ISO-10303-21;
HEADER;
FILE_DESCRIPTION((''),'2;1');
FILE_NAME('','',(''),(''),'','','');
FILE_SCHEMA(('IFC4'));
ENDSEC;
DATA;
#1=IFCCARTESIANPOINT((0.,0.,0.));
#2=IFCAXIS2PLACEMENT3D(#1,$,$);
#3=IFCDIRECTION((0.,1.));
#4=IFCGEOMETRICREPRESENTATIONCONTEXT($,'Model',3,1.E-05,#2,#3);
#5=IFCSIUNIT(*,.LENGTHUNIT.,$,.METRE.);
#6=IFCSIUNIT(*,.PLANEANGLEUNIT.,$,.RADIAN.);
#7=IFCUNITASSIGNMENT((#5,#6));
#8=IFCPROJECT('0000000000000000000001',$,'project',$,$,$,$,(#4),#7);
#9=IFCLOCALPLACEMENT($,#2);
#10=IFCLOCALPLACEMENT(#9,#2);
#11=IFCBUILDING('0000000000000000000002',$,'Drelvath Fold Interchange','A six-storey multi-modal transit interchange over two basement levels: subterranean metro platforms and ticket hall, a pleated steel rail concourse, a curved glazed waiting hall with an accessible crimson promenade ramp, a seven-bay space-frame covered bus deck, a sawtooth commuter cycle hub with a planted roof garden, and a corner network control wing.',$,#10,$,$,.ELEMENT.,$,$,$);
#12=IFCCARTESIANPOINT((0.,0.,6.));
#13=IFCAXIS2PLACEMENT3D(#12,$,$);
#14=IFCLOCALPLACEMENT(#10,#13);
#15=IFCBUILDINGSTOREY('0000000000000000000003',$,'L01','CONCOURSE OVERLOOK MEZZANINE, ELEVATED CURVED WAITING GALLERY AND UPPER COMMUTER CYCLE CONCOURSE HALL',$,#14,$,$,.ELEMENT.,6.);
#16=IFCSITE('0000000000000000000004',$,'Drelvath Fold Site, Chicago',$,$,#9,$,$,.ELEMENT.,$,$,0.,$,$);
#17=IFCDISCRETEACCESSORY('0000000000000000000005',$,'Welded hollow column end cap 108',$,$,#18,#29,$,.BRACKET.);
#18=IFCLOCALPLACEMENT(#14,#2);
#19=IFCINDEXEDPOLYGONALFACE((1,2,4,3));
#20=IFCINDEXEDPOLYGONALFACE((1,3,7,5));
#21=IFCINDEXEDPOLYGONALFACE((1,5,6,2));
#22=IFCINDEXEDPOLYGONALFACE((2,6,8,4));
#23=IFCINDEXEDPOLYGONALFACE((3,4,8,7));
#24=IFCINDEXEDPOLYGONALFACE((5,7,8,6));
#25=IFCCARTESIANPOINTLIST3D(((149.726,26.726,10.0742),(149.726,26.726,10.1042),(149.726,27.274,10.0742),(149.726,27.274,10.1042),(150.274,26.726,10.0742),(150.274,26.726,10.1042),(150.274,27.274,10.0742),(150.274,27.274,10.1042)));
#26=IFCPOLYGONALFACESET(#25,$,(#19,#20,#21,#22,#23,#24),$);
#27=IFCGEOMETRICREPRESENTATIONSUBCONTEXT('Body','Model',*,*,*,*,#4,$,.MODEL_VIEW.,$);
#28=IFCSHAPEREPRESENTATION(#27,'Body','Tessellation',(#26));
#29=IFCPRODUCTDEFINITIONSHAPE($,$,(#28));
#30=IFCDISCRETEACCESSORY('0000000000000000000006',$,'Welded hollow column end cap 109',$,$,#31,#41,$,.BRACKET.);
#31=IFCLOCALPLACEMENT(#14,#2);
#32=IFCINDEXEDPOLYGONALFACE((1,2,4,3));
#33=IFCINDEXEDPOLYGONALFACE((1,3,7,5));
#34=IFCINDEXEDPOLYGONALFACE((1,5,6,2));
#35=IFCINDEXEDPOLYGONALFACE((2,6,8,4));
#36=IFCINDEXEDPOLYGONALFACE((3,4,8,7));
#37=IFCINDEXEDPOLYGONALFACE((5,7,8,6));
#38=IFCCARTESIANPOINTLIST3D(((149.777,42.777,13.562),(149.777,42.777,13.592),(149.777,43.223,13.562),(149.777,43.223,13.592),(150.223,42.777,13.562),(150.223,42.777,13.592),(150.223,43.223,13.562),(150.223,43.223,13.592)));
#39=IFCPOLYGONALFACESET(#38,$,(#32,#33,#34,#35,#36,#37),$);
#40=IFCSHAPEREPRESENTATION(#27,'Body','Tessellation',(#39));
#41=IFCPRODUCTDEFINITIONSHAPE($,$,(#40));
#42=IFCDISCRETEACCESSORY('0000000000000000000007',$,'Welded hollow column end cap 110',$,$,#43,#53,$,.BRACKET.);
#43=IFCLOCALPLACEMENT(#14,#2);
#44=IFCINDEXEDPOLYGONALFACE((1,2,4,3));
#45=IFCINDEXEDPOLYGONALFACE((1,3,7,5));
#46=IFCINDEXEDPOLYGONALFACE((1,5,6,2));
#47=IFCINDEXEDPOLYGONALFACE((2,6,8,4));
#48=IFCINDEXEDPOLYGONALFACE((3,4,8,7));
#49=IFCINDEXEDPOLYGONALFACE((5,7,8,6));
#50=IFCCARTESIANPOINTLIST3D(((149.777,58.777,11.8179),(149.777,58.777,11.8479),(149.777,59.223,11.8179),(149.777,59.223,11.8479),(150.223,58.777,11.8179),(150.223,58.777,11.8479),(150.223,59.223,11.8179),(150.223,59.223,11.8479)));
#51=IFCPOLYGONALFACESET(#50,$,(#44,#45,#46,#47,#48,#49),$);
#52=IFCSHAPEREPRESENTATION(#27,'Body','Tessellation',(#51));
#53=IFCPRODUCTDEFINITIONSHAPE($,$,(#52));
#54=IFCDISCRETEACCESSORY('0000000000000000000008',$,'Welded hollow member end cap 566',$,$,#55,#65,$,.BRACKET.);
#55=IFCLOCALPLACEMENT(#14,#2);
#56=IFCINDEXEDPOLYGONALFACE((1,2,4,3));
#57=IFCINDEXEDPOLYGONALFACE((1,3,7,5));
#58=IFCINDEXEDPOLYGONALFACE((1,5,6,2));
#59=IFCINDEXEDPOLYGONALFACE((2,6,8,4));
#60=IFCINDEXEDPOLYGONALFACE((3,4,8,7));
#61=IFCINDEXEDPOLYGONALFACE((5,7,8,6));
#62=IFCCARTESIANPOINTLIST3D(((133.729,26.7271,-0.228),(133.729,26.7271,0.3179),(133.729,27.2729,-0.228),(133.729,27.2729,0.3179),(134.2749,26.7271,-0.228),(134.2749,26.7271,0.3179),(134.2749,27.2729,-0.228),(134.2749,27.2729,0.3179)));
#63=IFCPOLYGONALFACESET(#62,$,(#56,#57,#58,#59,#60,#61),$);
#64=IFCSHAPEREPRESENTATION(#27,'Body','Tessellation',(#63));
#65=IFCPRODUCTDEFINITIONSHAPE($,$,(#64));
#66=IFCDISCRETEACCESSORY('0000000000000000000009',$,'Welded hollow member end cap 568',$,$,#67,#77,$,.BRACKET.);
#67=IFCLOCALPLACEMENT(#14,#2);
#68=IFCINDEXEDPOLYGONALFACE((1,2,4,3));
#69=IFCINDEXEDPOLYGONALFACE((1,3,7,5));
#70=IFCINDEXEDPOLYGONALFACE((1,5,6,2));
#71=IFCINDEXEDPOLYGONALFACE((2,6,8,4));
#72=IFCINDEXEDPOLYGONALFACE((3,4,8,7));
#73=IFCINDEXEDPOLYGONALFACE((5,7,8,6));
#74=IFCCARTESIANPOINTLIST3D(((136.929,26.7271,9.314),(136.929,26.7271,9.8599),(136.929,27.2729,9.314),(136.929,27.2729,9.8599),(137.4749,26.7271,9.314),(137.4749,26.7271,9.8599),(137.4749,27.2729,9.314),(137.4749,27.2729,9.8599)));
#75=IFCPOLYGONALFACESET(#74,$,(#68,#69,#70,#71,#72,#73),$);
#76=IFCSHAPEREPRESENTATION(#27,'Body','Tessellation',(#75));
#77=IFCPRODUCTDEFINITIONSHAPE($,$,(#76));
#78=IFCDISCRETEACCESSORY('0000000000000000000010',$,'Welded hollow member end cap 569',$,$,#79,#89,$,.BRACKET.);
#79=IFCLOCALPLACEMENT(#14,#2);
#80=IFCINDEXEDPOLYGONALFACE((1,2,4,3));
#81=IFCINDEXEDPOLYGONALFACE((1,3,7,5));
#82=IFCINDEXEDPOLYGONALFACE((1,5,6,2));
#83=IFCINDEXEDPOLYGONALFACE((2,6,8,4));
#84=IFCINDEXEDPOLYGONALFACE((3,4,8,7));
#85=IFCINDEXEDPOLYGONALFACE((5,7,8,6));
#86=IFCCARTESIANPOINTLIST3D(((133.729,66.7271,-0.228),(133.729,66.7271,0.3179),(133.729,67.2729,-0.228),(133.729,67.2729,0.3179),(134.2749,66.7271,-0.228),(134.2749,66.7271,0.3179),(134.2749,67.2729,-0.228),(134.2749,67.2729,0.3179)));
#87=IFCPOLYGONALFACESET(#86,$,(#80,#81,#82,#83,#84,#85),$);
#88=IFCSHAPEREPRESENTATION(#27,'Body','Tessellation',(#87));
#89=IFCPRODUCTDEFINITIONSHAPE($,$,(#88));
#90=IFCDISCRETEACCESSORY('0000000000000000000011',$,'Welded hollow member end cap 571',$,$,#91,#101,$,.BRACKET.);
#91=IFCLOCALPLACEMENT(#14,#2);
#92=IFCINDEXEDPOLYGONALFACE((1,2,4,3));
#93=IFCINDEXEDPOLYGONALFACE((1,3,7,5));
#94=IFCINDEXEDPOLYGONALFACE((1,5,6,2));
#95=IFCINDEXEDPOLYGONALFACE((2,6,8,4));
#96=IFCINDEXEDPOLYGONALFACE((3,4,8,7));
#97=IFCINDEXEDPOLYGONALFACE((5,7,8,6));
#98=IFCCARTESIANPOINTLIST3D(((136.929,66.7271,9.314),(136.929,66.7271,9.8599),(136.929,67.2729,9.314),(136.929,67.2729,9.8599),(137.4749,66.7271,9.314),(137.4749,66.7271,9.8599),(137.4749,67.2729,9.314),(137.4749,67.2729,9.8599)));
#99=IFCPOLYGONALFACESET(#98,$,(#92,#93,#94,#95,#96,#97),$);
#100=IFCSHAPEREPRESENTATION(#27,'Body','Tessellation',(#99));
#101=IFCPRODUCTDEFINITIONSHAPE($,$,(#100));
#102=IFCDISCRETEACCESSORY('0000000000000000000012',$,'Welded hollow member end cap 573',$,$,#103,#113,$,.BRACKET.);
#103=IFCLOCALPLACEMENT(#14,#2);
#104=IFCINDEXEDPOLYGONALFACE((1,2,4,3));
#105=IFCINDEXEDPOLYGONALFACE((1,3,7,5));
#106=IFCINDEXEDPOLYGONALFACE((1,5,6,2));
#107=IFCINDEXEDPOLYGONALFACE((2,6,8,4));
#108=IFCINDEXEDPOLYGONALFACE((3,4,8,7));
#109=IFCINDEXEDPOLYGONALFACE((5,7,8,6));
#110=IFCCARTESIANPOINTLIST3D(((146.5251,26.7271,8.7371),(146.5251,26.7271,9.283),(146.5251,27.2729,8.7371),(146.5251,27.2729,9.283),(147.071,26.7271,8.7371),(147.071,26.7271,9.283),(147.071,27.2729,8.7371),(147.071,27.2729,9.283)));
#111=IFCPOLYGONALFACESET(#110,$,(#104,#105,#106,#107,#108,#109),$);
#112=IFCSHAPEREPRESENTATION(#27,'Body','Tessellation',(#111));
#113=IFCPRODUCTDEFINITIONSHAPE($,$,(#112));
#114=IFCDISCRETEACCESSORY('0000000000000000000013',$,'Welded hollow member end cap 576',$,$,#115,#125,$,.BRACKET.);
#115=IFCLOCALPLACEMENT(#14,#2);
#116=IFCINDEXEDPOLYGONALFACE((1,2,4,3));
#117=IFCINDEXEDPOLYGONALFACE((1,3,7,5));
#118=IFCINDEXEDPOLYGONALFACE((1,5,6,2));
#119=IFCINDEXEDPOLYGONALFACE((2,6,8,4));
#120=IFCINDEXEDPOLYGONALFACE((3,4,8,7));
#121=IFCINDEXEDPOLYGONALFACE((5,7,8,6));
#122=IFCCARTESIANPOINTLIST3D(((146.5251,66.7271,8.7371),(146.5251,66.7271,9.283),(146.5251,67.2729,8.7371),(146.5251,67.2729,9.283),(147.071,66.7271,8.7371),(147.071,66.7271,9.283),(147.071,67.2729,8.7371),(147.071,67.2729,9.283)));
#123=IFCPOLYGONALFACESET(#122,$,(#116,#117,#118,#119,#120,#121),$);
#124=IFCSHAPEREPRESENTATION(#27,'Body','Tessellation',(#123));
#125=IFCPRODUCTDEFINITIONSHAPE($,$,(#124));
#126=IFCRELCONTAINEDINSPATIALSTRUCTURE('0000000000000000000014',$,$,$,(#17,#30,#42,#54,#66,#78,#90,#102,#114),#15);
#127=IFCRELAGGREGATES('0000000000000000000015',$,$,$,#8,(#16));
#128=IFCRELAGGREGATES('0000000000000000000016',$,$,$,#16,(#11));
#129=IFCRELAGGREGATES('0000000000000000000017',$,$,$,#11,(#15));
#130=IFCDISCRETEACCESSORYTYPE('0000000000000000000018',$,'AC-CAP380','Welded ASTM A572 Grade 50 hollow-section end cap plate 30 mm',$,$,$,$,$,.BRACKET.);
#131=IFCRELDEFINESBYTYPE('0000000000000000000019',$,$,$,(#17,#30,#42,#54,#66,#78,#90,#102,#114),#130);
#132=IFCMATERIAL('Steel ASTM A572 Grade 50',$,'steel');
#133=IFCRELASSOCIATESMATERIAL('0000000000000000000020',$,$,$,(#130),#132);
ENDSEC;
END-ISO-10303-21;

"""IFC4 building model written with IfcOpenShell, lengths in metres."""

from ifc_helpers import new_model, si_unit, direction, frame, origin, origin_2d, place, context, subcontext, project, spatial, rectangle, extrude, material, type_object, element, save


model = new_model("IFC4")

# Units and contexts
model_context = context("Model", 3, precision=1e-05, world=origin(), true_north=direction((0.0, 1.0)))
body_context = subcontext(model_context, "Body", "Model", "MODEL_VIEW")
ifc_project = project(units=[si_unit("LENGTHUNIT", "METRE"), si_unit("PLANEANGLEUNIT", "RADIAN")], contexts=[model_context])

# Site, building, storey
site_placement = place(None, origin())
site = spatial("IfcSite", under=ifc_project, at=site_placement, Name="Drelvath Fold Site, Chicago", CompositionType="ELEMENT", RefElevation=0.0)
building_placement = place(site_placement, origin())
building = spatial("IfcBuilding", under=site, at=building_placement, Name="Drelvath Fold Interchange", Description="A six-storey multi-modal transit interchange over two basement levels: subterranean metro platforms and ticket hall, a pleated steel rail concourse, a curved glazed waiting hall with an accessible crimson promenade ramp, a seven-bay space-frame covered bus deck, a sawtooth commuter cycle hub with a planted roof garden, and a corner network control wing.", CompositionType="ELEMENT")
storey_placement = place(building_placement, frame((0.0, 0.0, 6.0)))
storey = spatial("IfcBuildingStorey", under=building, at=storey_placement, Name="L01", Description="CONCOURSE OVERLOOK MEZZANINE, ELEVATED CURVED WAITING GALLERY AND UPPER COMMUTER CYCLE CONCOURSE HALL", CompositionType="ELEMENT", Elevation=6.0)

# Shared definitions
ifc_material_1 = material(Name="Steel ASTM A572 Grade 50", Category="steel")

# Discrete accessories
discrete_accessory_type = type_object("IfcDiscreteAccessoryType", Name="AC-CAP380", Description="Welded ASTM A572 Grade 50 hollow-section end cap plate 30 mm", PredefinedType="BRACKET", material=ifc_material_1)
for number, where, z_axis, x_axis, name in (
    (1, (150.0, 27.0, 10.0742), (0.0, 0.0, 1.0), (1.0, 0.0, 0.0), "Welded hollow column end cap 108"),
):
    element("IfcDiscreteAccessory", number, at=place(storey_placement, frame(where, z_axis=z_axis, x_axis=x_axis)), inside=storey, type_object=discrete_accessory_type, Name=name, PredefinedType="BRACKET", context=body_context, shape_type="SweptSolid", body=[
        extrude(rectangle(XDim=0.5481, YDim=0.5481, at=origin_2d()), origin(), (0.0, 0.0, 1.0), 0.03),
    ])
for number, where, z_axis, x_axis, name in (
    (2, (150.0, 43.0, 13.562), (0.0, 0.0, 1.0), (1.0, 0.0, 0.0), "Welded hollow column end cap 109"),
    (3, (150.0, 59.0, 11.8179), (0.0, 0.0, 1.0), (1.0, 0.0, 0.0), "Welded hollow column end cap 110"),
):
    element("IfcDiscreteAccessory", number, at=place(storey_placement, frame(where, z_axis=z_axis, x_axis=x_axis)), inside=storey, type_object=discrete_accessory_type, Name=name, PredefinedType="BRACKET", context=body_context, shape_type="SweptSolid", body=[
        extrude(rectangle(XDim=0.446, YDim=0.446, at=origin_2d()), origin(), (0.0, 0.0, 1.0), 0.03),
    ])
for number, where, z_axis, x_axis, name in (
    (4, (134.002, 27.0, -0.228), (0.0, 0.0, 1.0), (1.0, 0.0, 0.0), "Welded hollow member end cap 566"),
    (5, (137.2019, 27.0, 9.314), (0.0, 0.0, 1.0), (1.0, 0.0, 0.0), "Welded hollow member end cap 568"),
    (6, (134.002, 67.0, -0.228), (0.0, 0.0, 1.0), (1.0, 0.0, 0.0), "Welded hollow member end cap 569"),
    (7, (137.2019, 67.0, 9.314), (0.0, 0.0, 1.0), (1.0, 0.0, 0.0), "Welded hollow member end cap 571"),
    (8, (146.7981, 27.0, 8.7371), (0.0, 0.0, 1.0), (1.0, 0.0, 0.0), "Welded hollow member end cap 573"),
    (9, (146.7981, 67.0, 8.7371), (0.0, 0.0, 1.0), (1.0, 0.0, 0.0), "Welded hollow member end cap 576"),
):
    element("IfcDiscreteAccessory", number, at=place(storey_placement, frame(where, z_axis=z_axis, x_axis=x_axis)), inside=storey, type_object=discrete_accessory_type, Name=name, PredefinedType="BRACKET", context=body_context, shape_type="SweptSolid", body=[
        extrude(rectangle(XDim=0.5459, YDim=0.5459, at=origin_2d()), origin(), (0.0, 0.0, 1.0), 0.5459),
    ])

save(model, "model.ifc")
